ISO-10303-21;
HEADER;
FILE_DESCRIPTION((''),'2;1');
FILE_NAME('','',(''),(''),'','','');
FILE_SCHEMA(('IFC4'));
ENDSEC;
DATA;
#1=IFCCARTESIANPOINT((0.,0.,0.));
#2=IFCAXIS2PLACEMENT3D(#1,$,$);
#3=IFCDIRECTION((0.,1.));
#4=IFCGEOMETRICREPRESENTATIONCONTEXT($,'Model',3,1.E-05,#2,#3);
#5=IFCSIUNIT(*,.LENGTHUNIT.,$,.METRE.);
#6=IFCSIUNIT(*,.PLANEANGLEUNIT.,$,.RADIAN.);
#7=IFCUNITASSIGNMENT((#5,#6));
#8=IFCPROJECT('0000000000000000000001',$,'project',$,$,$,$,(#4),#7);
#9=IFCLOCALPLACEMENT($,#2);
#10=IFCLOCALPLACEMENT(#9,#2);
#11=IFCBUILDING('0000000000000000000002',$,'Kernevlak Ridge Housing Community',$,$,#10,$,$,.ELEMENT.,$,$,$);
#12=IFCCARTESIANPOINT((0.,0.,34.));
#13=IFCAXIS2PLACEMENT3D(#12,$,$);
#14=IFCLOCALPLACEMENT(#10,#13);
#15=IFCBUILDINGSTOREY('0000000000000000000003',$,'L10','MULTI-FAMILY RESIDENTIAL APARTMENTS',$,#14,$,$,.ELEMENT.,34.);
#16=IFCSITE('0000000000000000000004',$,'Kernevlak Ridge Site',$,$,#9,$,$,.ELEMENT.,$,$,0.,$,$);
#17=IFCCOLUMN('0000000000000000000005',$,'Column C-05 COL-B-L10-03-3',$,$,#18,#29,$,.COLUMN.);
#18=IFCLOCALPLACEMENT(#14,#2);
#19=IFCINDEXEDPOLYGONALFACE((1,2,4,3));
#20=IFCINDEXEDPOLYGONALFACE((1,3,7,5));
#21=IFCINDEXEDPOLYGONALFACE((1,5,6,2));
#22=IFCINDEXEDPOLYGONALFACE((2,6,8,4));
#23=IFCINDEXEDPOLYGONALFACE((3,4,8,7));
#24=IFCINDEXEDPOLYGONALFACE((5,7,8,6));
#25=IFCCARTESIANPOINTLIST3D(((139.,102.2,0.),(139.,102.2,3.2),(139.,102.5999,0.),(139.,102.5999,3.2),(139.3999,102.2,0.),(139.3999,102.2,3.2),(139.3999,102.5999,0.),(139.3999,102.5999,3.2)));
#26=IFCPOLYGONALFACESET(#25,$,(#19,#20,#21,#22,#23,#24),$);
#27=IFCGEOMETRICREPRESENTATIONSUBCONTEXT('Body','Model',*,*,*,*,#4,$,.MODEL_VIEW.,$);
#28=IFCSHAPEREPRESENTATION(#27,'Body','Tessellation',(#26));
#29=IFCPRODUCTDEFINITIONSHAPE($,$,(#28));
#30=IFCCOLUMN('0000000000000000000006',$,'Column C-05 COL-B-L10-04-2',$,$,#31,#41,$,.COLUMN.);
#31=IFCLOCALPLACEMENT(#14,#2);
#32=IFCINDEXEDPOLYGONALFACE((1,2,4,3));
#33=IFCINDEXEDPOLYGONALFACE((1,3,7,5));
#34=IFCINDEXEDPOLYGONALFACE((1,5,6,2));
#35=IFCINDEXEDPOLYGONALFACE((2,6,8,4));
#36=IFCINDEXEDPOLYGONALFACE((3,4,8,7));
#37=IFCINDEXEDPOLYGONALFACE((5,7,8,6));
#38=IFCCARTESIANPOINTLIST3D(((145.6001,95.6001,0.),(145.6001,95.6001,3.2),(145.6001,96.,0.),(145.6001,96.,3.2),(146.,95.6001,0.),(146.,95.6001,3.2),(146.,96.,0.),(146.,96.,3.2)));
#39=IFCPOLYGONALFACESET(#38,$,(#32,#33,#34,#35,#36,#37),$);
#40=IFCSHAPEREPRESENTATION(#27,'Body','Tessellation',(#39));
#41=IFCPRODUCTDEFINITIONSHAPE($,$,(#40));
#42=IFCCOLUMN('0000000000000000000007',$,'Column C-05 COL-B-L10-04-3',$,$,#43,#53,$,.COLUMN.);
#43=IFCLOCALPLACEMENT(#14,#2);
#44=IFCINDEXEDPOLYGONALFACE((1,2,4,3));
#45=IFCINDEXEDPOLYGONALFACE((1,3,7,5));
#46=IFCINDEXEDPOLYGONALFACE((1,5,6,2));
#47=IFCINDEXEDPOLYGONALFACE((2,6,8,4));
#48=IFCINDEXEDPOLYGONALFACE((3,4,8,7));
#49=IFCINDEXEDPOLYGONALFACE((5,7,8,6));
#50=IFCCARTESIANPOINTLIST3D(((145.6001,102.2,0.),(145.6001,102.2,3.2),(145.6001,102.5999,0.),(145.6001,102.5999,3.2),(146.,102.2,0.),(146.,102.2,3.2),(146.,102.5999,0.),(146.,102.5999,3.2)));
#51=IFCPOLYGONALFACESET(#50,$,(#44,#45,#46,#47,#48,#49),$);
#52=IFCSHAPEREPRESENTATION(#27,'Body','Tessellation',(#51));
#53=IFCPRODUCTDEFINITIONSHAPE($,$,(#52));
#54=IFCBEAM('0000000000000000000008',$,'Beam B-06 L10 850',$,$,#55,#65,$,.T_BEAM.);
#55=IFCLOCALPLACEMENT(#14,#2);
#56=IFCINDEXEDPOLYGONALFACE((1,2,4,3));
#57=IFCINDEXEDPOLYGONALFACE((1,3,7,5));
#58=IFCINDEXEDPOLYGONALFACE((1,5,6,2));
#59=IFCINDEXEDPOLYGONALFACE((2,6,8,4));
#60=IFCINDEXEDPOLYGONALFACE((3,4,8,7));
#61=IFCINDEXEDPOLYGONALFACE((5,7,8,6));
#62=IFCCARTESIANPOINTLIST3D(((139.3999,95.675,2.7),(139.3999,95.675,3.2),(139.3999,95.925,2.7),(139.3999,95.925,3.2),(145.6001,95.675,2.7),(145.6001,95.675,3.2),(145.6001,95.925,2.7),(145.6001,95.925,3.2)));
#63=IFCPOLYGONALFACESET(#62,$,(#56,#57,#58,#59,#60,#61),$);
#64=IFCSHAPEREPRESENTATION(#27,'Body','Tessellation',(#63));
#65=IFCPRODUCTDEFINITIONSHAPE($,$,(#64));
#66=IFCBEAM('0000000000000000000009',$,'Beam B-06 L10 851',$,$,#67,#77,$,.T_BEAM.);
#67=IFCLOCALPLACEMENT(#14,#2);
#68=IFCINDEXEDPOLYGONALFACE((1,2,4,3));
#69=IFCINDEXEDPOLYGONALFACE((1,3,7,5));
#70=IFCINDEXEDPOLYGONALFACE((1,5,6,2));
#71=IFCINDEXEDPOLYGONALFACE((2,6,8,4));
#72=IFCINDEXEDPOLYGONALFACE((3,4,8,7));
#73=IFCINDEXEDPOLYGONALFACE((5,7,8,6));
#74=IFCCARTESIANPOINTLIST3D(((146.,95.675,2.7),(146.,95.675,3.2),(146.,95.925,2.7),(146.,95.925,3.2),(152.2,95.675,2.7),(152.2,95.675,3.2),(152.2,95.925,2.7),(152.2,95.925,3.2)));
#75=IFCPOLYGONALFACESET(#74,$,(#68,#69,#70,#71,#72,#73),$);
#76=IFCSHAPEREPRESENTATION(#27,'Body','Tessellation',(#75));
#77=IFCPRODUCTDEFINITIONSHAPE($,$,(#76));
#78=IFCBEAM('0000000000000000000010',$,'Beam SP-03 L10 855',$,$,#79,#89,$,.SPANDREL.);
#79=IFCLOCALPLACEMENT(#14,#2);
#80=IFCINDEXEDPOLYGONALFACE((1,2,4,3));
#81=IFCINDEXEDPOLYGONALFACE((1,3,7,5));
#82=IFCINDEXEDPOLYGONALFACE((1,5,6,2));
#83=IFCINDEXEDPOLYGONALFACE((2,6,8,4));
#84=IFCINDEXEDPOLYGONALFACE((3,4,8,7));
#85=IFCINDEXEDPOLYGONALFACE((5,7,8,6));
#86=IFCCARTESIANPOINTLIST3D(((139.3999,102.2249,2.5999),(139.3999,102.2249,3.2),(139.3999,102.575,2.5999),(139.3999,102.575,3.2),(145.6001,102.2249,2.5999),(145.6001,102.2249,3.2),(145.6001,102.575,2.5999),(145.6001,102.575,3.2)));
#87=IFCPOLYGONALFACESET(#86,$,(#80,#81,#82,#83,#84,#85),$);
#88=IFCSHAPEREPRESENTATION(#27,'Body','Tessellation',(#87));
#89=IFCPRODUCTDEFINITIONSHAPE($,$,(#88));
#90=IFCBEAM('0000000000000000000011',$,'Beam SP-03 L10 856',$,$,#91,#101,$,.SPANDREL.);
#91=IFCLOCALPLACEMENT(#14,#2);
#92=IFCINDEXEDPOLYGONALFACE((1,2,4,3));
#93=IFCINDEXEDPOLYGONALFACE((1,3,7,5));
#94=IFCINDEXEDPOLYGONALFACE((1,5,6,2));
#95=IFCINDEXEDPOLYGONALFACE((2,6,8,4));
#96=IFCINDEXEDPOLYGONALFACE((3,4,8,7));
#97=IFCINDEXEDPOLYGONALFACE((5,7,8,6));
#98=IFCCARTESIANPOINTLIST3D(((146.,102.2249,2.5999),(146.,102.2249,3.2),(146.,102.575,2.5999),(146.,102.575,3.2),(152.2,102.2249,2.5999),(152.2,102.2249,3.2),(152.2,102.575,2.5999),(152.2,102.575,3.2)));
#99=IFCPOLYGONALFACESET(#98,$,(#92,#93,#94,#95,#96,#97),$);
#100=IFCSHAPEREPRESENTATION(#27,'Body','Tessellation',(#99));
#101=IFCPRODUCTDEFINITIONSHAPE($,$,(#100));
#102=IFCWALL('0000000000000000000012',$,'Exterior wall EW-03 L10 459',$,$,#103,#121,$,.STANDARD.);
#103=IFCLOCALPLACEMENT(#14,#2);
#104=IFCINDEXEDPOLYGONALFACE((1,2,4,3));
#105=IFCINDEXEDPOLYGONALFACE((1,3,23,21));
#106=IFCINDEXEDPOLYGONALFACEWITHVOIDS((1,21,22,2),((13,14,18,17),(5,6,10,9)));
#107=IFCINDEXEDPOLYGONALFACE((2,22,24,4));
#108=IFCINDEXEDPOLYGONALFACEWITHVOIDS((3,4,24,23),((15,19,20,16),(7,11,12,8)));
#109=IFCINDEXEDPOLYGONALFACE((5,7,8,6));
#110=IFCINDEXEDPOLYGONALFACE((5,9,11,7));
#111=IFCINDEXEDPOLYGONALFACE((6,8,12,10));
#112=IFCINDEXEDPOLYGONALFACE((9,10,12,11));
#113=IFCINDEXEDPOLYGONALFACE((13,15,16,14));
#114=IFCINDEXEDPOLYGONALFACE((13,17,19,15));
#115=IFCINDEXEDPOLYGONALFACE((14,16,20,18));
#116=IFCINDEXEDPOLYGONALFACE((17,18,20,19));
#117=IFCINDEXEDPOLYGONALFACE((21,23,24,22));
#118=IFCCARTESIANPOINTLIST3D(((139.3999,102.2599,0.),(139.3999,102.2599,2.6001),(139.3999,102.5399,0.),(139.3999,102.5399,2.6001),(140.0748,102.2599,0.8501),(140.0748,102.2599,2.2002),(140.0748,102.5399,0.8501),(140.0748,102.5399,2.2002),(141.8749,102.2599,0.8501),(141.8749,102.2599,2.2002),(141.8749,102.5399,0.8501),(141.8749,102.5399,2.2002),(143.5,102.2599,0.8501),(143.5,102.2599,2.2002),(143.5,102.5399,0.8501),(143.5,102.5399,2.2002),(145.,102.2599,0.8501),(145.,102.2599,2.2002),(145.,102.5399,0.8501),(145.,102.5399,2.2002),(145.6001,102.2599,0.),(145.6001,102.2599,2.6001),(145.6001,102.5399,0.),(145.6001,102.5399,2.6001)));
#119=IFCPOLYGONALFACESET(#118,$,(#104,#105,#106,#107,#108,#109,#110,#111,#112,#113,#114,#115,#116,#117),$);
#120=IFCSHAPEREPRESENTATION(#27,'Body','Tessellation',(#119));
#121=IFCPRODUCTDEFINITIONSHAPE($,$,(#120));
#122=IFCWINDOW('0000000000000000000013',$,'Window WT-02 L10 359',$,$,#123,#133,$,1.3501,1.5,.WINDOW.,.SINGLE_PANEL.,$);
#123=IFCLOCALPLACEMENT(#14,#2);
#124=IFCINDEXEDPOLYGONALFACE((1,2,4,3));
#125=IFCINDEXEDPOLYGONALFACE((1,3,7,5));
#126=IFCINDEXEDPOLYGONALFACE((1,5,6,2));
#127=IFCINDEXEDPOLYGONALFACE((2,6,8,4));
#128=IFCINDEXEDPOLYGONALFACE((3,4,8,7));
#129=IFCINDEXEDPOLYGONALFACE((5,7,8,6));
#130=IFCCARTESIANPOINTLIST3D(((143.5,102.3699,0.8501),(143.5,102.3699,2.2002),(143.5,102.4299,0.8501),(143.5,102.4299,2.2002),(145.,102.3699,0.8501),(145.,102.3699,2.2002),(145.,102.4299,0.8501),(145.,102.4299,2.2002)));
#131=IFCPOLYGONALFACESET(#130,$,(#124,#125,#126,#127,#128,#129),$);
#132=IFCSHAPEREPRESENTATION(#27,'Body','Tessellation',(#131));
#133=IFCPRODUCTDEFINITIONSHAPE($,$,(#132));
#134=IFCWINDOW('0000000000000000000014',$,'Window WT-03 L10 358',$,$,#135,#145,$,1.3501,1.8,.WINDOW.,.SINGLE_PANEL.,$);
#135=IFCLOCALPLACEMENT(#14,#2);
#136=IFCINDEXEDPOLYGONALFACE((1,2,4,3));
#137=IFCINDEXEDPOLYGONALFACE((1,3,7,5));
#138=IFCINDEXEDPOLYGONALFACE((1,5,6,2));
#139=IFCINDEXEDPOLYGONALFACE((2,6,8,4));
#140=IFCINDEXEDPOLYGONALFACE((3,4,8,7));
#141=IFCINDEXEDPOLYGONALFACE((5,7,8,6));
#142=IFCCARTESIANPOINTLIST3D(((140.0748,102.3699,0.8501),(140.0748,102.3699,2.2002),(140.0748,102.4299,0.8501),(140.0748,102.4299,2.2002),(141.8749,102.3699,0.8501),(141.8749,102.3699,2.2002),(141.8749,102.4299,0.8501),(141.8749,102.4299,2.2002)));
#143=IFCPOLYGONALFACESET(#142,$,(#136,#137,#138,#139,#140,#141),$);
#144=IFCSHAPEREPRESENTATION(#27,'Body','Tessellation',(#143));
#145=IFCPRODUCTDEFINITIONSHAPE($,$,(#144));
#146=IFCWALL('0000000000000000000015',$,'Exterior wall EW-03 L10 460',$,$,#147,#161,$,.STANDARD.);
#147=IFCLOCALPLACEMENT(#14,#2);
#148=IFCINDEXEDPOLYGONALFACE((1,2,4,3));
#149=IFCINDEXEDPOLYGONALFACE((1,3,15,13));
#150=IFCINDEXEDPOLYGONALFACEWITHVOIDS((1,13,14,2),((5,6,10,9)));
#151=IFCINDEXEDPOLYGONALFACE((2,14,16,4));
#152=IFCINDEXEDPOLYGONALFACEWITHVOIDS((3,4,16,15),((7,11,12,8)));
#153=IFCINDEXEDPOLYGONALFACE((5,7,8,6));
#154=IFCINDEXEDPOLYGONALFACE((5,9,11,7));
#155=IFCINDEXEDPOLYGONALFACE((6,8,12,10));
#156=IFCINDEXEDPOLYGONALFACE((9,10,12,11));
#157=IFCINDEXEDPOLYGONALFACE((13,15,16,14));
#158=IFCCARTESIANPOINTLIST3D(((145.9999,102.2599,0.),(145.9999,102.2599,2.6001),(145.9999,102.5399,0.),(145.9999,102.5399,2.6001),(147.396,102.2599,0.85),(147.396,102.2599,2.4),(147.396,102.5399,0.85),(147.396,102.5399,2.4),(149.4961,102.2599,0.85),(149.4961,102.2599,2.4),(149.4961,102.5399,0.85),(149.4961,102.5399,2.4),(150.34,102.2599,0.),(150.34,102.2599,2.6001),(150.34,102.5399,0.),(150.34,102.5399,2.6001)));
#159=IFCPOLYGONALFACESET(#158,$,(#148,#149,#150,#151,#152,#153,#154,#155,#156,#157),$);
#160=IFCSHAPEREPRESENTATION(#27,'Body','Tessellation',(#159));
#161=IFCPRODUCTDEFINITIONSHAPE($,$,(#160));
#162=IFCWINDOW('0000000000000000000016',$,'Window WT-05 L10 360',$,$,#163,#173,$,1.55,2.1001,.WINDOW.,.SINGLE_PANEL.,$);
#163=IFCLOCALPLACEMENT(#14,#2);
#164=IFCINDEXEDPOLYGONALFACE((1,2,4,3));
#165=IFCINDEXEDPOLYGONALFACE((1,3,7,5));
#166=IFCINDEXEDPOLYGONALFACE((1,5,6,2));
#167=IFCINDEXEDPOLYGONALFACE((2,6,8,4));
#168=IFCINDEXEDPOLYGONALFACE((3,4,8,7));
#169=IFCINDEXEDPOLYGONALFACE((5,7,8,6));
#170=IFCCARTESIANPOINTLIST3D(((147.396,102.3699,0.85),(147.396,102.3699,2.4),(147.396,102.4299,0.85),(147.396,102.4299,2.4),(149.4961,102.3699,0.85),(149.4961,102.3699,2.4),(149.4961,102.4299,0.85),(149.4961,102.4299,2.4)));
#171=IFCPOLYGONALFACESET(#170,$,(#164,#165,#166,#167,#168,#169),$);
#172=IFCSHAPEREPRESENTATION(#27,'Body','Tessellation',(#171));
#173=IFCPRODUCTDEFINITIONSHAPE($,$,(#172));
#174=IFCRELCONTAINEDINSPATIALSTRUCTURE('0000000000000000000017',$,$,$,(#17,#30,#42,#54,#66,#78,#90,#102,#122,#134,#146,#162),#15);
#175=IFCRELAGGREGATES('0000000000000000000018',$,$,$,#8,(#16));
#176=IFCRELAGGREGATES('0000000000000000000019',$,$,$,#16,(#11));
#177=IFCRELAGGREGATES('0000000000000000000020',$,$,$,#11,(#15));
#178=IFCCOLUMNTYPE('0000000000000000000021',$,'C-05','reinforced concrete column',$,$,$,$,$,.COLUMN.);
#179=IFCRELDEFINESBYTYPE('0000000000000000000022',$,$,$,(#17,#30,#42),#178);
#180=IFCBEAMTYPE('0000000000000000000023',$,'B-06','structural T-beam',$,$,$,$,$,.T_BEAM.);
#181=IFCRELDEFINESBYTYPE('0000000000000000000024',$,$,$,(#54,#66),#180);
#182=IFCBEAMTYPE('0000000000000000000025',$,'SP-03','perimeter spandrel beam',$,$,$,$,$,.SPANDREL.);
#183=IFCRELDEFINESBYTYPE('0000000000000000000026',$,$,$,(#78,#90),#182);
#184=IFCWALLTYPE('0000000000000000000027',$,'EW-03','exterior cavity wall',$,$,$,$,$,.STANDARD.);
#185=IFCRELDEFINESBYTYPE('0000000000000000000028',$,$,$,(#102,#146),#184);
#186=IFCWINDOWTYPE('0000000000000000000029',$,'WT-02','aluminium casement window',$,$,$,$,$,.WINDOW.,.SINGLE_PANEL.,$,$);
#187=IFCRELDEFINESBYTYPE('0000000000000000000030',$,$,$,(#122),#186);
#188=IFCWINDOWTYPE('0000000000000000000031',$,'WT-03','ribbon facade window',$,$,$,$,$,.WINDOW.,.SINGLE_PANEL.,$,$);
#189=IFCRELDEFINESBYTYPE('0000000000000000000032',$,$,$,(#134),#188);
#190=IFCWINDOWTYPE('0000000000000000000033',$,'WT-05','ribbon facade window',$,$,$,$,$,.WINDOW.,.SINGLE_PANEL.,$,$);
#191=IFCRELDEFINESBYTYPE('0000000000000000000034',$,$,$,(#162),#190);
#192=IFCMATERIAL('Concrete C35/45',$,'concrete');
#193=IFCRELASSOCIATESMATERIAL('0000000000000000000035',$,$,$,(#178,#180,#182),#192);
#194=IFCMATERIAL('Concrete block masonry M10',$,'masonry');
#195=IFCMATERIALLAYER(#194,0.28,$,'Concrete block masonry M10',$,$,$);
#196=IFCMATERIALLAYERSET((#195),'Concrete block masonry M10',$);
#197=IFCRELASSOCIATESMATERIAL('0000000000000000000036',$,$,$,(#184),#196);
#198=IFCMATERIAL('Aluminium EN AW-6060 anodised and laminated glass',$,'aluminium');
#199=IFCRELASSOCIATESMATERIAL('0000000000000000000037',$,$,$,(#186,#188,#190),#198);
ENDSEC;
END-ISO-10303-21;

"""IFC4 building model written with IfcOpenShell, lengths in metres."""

from ifc_helpers import new_model, si_unit, direction, frame, frame_2d, origin, origin_2d, place, context, subcontext, project, spatial, rectangle, extrude, material, layer, layer_set, material_profile, profile_set, type_object, element, fill, save


model = new_model("IFC4")

# Units and contexts
model_context = context("Model", 3, precision=1e-05, world=origin(), true_north=direction((0.0, 1.0)))
body_context = subcontext(model_context, "Body", "Model", "MODEL_VIEW")
ifc_project = project(units=[si_unit("LENGTHUNIT", "METRE"), si_unit("PLANEANGLEUNIT", "RADIAN")], contexts=[model_context])

# Site, building, storey
site_placement = place(None, origin())
site = spatial("IfcSite", under=ifc_project, at=site_placement, Name="Kernevlak Ridge Site", CompositionType="ELEMENT", RefElevation=0.0)
building_placement = place(site_placement, origin())
building = spatial("IfcBuilding", under=site, at=building_placement, Name="Kernevlak Ridge Housing Community", CompositionType="ELEMENT")
storey_placement = place(building_placement, frame((0.0, 0.0, 34.0)))
storey = spatial("IfcBuildingStorey", under=building, at=storey_placement, Name="L10", Description="MULTI-FAMILY RESIDENTIAL APARTMENTS", CompositionType="ELEMENT", Elevation=34.0)

# Columns
ifc_material_1 = material(Name="Concrete C35/45", Category="concrete")
ifc_material_profile_1 = material_profile(ifc_material_1, rectangle(XDim=0.3999, YDim=0.3999, at=origin_2d()), Name="RC 400x400")
ifc_profile_set_1 = profile_set([ifc_material_profile_1], Name="Concrete C35/45")
column_type = type_object("IfcColumnType", Name="C-05", Description="reinforced concrete column", PredefinedType="COLUMN", material=ifc_profile_set_1)
for number, where, z_axis, x_axis, name in (
    (1, (139.2, 102.3999, 0.0), (0.0, 0.0, 1.0), (1.0, 0.0, 0.0), "Column C-05 COL-B-L10-03-3"),
    (2, (145.8, 95.8, 0.0), (0.0, 0.0, 1.0), (1.0, 0.0, 0.0), "Column C-05 COL-B-L10-04-2"),
    (3, (145.8, 102.3999, 0.0), (0.0, 0.0, 1.0), (1.0, 0.0, 0.0), "Column C-05 COL-B-L10-04-3"),
):
    element("IfcColumn", number, at=place(storey_placement, frame(where, z_axis=z_axis, x_axis=x_axis)), inside=storey, type_object=column_type, Name=name, PredefinedType="COLUMN", context=body_context, shape_type="SweptSolid", body=[
        extrude(rectangle(XDim=0.3999, YDim=0.3999, at=origin_2d()), origin(), (0.0, 0.0, 1.0), 3.2),
    ])

# Beams
ifc_material_profile_2 = material_profile(ifc_material_1, rectangle(XDim=0.25, YDim=0.5, at=origin_2d()), Name="RC 250x500")
ifc_profile_set_2 = profile_set([ifc_material_profile_2], Name="Concrete C35/45")
beam_type_1 = type_object("IfcBeamType", Name="B-06", Description="structural T-beam", PredefinedType="T_BEAM", material=ifc_profile_set_2)
beam_1_placement = place(storey_placement, frame((139.3999, 95.8, 2.95), z_axis=(1.0, 0.0, 0.0), x_axis=(0.0, 1.0, 0.0)))
element("IfcBeam", 4, at=beam_1_placement, inside=storey, type_object=beam_type_1, Name="Beam B-06 L10 850", PredefinedType="T_BEAM", context=body_context, shape_type="SweptSolid", body=[
    extrude(rectangle(XDim=0.25, YDim=0.5, at=origin_2d()), origin(), (0.0, 0.0, 1.0), 6.2002),
])
beam_2_placement = place(storey_placement, frame((146.0, 95.8, 2.95), z_axis=(1.0, 0.0, 0.0), x_axis=(0.0, 1.0, 0.0)))
element("IfcBeam", 5, at=beam_2_placement, inside=storey, type_object=beam_type_1, Name="Beam B-06 L10 851", PredefinedType="T_BEAM", context=body_context, shape_type="SweptSolid", body=[
    extrude(rectangle(XDim=0.25, YDim=0.5, at=origin_2d()), origin(), (0.0, 0.0, 1.0), 6.2),
])
ifc_material_profile_3 = material_profile(ifc_material_1, rectangle(XDim=0.3501, YDim=0.6001, at=origin_2d()), Name="RC 350x600")
ifc_profile_set_3 = profile_set([ifc_material_profile_3], Name="Concrete C35/45")
beam_type_2 = type_object("IfcBeamType", Name="SP-03", Description="perimeter spandrel beam", PredefinedType="SPANDREL", material=ifc_profile_set_3)
beam_3_placement = place(storey_placement, frame((139.3999, 102.3999, 2.8999), z_axis=(1.0, 0.0, 0.0), x_axis=(0.0, 1.0, 0.0)))
element("IfcBeam", 6, at=beam_3_placement, inside=storey, type_object=beam_type_2, Name="Beam SP-03 L10 855", PredefinedType="SPANDREL", context=body_context, shape_type="SweptSolid", body=[
    extrude(rectangle(XDim=0.3501, YDim=0.6001, at=origin_2d()), origin(), (0.0, 0.0, 1.0), 6.2002),
])
beam_4_placement = place(storey_placement, frame((146.0, 102.3999, 2.8999), z_axis=(1.0, 0.0, 0.0), x_axis=(0.0, 1.0, 0.0)))
element("IfcBeam", 7, at=beam_4_placement, inside=storey, type_object=beam_type_2, Name="Beam SP-03 L10 856", PredefinedType="SPANDREL", context=body_context, shape_type="SweptSolid", body=[
    extrude(rectangle(XDim=0.3501, YDim=0.6001, at=origin_2d()), origin(), (0.0, 0.0, 1.0), 6.2),
])

# Wall, openings, windows
ifc_material_2 = material(Name="Concrete block masonry M10", Category="masonry")
ifc_layer_1 = layer(ifc_material_2, 0.28, Name="Concrete block masonry M10")
ifc_layer_set_1 = layer_set([ifc_layer_1], Name="Concrete block masonry M10")
wall_type_1 = type_object("IfcWallType", Name="EW-03", Description="exterior cavity wall", PredefinedType="STANDARD", material=ifc_layer_set_1)
wall_1_placement = place(storey_placement, frame((139.3999, 102.3999, 0.0), z_axis=(0.0, 0.0, 1.0), x_axis=(1.0, 0.0, 0.0)))
wall_1 = element("IfcWall", 8, at=wall_1_placement, inside=storey, type_object=wall_type_1, Name="Exterior wall EW-03 L10 459", PredefinedType="STANDARD", context=body_context, shape_type="SweptSolid", body=[
    extrude(rectangle(XDim=6.2002, YDim=0.28, at=frame_2d((3.1001, 0.0))), origin(), (0.0, 0.0, 1.0), 2.6001),
])
opening_1_placement = place(wall_1_placement, frame((0.675, 0.0, 0.8501)))
opening_1 = element("IfcOpeningElement", 9, at=opening_1_placement, cuts=wall_1, PredefinedType="OPENING", context=body_context, shape_type="SweptSolid", body=[
    extrude(rectangle(XDim=1.8, YDim=1.3501, at=frame_2d((0.8999, 0.675))), frame((0.0, 0.1499, 0.0), z_axis=(0.0, -1.0, 0.0), x_axis=(1.0, 0.0, 0.0)), (0.0, 0.0, 1.0), 0.3),
])
opening_2_placement = place(wall_1_placement, frame((4.1001, 0.0, 0.8501)))
opening_2 = element("IfcOpeningElement", 10, at=opening_2_placement, cuts=wall_1, PredefinedType="OPENING", context=body_context, shape_type="SweptSolid", body=[
    extrude(rectangle(XDim=1.5, YDim=1.3501, at=frame_2d((0.75, 0.675))), frame((0.0, 0.1499, 0.0), z_axis=(0.0, -1.0, 0.0), x_axis=(1.0, 0.0, 0.0)), (0.0, 0.0, 1.0), 0.3),
])
ifc_material_3 = material(Name="Aluminium EN AW-6060 anodised and laminated glass", Category="aluminium")
window_type_1 = type_object("IfcWindowType", Name="WT-02", Description="aluminium casement window", PartitioningType="SINGLE_PANEL", PredefinedType="WINDOW", material=ifc_material_3)
window_1_placement = place(opening_2_placement, origin())
window_1 = element("IfcWindow", 11, at=window_1_placement, inside=storey, type_object=window_type_1, Name="Window WT-02 L10 359", OverallHeight=1.3501, OverallWidth=1.5, PartitioningType="SINGLE_PANEL", PredefinedType="WINDOW", context=body_context, shape_type="SweptSolid", body=[
    extrude(rectangle(XDim=1.5, YDim=1.3501, at=frame_2d((0.75, 0.675))), frame((0.0, 0.03, 0.0), z_axis=(0.0, -1.0, 0.0), x_axis=(1.0, 0.0, 0.0)), (0.0, 0.0, 1.0), 0.0601),
])
fill(opening_2, window_1)
window_type_2 = type_object("IfcWindowType", Name="WT-03", Description="ribbon facade window", PartitioningType="SINGLE_PANEL", PredefinedType="WINDOW", material=ifc_material_3)
window_2_placement = place(opening_1_placement, origin())
window_2 = element("IfcWindow", 12, at=window_2_placement, inside=storey, type_object=window_type_2, Name="Window WT-03 L10 358", OverallHeight=1.3501, OverallWidth=1.8, PartitioningType="SINGLE_PANEL", PredefinedType="WINDOW", context=body_context, shape_type="SweptSolid", body=[
    extrude(rectangle(XDim=1.8, YDim=1.3501, at=frame_2d((0.8999, 0.675))), frame((0.0, 0.03, 0.0), z_axis=(0.0, -1.0, 0.0), x_axis=(1.0, 0.0, 0.0)), (0.0, 0.0, 1.0), 0.0601),
])
fill(opening_1, window_2)

# Wall, opening, window
wall_2_placement = place(storey_placement, frame((146.0, 102.3999, 0.0), z_axis=(0.0, 0.0, 1.0), x_axis=(1.0, 0.0, 0.0)))
wall_2 = element("IfcWall", 13, at=wall_2_placement, inside=storey, type_object=wall_type_1, Name="Exterior wall EW-03 L10 460", PredefinedType="STANDARD", context=body_context, shape_type="SweptSolid", body=[
    extrude(rectangle(XDim=4.3401, YDim=0.28, at=frame_2d((2.1699, 0.0))), origin(), (0.0, 0.0, 1.0), 2.6001),
])
opening_3_placement = place(wall_2_placement, frame((1.396, 0.0, 0.8501)))
opening_3 = element("IfcOpeningElement", 14, at=opening_3_placement, cuts=wall_2, PredefinedType="OPENING", context=body_context, shape_type="SweptSolid", body=[
    extrude(rectangle(XDim=2.1001, YDim=1.55, at=frame_2d((1.05, 0.7749))), frame((0.0, 0.1499, 0.0), z_axis=(0.0, -1.0, 0.0), x_axis=(1.0, 0.0, 0.0)), (0.0, 0.0, 1.0), 0.3),
])
window_type_3 = type_object("IfcWindowType", Name="WT-05", Description="ribbon facade window", PartitioningType="SINGLE_PANEL", PredefinedType="WINDOW", material=ifc_material_3)
window_3_placement = place(opening_3_placement, origin())
window_3 = element("IfcWindow", 15, at=window_3_placement, inside=storey, type_object=window_type_3, Name="Window WT-05 L10 360", OverallHeight=1.55, OverallWidth=2.1001, PartitioningType="SINGLE_PANEL", PredefinedType="WINDOW", context=body_context, shape_type="SweptSolid", body=[
    extrude(rectangle(XDim=2.1001, YDim=1.55, at=frame_2d((1.05, 0.7749))), frame((0.0, 0.03, 0.0), z_axis=(0.0, -1.0, 0.0), x_axis=(1.0, 0.0, 0.0)), (0.0, 0.0, 1.0), 0.0601),
])
fill(opening_3, window_3)

save(model, "model.ifc")
